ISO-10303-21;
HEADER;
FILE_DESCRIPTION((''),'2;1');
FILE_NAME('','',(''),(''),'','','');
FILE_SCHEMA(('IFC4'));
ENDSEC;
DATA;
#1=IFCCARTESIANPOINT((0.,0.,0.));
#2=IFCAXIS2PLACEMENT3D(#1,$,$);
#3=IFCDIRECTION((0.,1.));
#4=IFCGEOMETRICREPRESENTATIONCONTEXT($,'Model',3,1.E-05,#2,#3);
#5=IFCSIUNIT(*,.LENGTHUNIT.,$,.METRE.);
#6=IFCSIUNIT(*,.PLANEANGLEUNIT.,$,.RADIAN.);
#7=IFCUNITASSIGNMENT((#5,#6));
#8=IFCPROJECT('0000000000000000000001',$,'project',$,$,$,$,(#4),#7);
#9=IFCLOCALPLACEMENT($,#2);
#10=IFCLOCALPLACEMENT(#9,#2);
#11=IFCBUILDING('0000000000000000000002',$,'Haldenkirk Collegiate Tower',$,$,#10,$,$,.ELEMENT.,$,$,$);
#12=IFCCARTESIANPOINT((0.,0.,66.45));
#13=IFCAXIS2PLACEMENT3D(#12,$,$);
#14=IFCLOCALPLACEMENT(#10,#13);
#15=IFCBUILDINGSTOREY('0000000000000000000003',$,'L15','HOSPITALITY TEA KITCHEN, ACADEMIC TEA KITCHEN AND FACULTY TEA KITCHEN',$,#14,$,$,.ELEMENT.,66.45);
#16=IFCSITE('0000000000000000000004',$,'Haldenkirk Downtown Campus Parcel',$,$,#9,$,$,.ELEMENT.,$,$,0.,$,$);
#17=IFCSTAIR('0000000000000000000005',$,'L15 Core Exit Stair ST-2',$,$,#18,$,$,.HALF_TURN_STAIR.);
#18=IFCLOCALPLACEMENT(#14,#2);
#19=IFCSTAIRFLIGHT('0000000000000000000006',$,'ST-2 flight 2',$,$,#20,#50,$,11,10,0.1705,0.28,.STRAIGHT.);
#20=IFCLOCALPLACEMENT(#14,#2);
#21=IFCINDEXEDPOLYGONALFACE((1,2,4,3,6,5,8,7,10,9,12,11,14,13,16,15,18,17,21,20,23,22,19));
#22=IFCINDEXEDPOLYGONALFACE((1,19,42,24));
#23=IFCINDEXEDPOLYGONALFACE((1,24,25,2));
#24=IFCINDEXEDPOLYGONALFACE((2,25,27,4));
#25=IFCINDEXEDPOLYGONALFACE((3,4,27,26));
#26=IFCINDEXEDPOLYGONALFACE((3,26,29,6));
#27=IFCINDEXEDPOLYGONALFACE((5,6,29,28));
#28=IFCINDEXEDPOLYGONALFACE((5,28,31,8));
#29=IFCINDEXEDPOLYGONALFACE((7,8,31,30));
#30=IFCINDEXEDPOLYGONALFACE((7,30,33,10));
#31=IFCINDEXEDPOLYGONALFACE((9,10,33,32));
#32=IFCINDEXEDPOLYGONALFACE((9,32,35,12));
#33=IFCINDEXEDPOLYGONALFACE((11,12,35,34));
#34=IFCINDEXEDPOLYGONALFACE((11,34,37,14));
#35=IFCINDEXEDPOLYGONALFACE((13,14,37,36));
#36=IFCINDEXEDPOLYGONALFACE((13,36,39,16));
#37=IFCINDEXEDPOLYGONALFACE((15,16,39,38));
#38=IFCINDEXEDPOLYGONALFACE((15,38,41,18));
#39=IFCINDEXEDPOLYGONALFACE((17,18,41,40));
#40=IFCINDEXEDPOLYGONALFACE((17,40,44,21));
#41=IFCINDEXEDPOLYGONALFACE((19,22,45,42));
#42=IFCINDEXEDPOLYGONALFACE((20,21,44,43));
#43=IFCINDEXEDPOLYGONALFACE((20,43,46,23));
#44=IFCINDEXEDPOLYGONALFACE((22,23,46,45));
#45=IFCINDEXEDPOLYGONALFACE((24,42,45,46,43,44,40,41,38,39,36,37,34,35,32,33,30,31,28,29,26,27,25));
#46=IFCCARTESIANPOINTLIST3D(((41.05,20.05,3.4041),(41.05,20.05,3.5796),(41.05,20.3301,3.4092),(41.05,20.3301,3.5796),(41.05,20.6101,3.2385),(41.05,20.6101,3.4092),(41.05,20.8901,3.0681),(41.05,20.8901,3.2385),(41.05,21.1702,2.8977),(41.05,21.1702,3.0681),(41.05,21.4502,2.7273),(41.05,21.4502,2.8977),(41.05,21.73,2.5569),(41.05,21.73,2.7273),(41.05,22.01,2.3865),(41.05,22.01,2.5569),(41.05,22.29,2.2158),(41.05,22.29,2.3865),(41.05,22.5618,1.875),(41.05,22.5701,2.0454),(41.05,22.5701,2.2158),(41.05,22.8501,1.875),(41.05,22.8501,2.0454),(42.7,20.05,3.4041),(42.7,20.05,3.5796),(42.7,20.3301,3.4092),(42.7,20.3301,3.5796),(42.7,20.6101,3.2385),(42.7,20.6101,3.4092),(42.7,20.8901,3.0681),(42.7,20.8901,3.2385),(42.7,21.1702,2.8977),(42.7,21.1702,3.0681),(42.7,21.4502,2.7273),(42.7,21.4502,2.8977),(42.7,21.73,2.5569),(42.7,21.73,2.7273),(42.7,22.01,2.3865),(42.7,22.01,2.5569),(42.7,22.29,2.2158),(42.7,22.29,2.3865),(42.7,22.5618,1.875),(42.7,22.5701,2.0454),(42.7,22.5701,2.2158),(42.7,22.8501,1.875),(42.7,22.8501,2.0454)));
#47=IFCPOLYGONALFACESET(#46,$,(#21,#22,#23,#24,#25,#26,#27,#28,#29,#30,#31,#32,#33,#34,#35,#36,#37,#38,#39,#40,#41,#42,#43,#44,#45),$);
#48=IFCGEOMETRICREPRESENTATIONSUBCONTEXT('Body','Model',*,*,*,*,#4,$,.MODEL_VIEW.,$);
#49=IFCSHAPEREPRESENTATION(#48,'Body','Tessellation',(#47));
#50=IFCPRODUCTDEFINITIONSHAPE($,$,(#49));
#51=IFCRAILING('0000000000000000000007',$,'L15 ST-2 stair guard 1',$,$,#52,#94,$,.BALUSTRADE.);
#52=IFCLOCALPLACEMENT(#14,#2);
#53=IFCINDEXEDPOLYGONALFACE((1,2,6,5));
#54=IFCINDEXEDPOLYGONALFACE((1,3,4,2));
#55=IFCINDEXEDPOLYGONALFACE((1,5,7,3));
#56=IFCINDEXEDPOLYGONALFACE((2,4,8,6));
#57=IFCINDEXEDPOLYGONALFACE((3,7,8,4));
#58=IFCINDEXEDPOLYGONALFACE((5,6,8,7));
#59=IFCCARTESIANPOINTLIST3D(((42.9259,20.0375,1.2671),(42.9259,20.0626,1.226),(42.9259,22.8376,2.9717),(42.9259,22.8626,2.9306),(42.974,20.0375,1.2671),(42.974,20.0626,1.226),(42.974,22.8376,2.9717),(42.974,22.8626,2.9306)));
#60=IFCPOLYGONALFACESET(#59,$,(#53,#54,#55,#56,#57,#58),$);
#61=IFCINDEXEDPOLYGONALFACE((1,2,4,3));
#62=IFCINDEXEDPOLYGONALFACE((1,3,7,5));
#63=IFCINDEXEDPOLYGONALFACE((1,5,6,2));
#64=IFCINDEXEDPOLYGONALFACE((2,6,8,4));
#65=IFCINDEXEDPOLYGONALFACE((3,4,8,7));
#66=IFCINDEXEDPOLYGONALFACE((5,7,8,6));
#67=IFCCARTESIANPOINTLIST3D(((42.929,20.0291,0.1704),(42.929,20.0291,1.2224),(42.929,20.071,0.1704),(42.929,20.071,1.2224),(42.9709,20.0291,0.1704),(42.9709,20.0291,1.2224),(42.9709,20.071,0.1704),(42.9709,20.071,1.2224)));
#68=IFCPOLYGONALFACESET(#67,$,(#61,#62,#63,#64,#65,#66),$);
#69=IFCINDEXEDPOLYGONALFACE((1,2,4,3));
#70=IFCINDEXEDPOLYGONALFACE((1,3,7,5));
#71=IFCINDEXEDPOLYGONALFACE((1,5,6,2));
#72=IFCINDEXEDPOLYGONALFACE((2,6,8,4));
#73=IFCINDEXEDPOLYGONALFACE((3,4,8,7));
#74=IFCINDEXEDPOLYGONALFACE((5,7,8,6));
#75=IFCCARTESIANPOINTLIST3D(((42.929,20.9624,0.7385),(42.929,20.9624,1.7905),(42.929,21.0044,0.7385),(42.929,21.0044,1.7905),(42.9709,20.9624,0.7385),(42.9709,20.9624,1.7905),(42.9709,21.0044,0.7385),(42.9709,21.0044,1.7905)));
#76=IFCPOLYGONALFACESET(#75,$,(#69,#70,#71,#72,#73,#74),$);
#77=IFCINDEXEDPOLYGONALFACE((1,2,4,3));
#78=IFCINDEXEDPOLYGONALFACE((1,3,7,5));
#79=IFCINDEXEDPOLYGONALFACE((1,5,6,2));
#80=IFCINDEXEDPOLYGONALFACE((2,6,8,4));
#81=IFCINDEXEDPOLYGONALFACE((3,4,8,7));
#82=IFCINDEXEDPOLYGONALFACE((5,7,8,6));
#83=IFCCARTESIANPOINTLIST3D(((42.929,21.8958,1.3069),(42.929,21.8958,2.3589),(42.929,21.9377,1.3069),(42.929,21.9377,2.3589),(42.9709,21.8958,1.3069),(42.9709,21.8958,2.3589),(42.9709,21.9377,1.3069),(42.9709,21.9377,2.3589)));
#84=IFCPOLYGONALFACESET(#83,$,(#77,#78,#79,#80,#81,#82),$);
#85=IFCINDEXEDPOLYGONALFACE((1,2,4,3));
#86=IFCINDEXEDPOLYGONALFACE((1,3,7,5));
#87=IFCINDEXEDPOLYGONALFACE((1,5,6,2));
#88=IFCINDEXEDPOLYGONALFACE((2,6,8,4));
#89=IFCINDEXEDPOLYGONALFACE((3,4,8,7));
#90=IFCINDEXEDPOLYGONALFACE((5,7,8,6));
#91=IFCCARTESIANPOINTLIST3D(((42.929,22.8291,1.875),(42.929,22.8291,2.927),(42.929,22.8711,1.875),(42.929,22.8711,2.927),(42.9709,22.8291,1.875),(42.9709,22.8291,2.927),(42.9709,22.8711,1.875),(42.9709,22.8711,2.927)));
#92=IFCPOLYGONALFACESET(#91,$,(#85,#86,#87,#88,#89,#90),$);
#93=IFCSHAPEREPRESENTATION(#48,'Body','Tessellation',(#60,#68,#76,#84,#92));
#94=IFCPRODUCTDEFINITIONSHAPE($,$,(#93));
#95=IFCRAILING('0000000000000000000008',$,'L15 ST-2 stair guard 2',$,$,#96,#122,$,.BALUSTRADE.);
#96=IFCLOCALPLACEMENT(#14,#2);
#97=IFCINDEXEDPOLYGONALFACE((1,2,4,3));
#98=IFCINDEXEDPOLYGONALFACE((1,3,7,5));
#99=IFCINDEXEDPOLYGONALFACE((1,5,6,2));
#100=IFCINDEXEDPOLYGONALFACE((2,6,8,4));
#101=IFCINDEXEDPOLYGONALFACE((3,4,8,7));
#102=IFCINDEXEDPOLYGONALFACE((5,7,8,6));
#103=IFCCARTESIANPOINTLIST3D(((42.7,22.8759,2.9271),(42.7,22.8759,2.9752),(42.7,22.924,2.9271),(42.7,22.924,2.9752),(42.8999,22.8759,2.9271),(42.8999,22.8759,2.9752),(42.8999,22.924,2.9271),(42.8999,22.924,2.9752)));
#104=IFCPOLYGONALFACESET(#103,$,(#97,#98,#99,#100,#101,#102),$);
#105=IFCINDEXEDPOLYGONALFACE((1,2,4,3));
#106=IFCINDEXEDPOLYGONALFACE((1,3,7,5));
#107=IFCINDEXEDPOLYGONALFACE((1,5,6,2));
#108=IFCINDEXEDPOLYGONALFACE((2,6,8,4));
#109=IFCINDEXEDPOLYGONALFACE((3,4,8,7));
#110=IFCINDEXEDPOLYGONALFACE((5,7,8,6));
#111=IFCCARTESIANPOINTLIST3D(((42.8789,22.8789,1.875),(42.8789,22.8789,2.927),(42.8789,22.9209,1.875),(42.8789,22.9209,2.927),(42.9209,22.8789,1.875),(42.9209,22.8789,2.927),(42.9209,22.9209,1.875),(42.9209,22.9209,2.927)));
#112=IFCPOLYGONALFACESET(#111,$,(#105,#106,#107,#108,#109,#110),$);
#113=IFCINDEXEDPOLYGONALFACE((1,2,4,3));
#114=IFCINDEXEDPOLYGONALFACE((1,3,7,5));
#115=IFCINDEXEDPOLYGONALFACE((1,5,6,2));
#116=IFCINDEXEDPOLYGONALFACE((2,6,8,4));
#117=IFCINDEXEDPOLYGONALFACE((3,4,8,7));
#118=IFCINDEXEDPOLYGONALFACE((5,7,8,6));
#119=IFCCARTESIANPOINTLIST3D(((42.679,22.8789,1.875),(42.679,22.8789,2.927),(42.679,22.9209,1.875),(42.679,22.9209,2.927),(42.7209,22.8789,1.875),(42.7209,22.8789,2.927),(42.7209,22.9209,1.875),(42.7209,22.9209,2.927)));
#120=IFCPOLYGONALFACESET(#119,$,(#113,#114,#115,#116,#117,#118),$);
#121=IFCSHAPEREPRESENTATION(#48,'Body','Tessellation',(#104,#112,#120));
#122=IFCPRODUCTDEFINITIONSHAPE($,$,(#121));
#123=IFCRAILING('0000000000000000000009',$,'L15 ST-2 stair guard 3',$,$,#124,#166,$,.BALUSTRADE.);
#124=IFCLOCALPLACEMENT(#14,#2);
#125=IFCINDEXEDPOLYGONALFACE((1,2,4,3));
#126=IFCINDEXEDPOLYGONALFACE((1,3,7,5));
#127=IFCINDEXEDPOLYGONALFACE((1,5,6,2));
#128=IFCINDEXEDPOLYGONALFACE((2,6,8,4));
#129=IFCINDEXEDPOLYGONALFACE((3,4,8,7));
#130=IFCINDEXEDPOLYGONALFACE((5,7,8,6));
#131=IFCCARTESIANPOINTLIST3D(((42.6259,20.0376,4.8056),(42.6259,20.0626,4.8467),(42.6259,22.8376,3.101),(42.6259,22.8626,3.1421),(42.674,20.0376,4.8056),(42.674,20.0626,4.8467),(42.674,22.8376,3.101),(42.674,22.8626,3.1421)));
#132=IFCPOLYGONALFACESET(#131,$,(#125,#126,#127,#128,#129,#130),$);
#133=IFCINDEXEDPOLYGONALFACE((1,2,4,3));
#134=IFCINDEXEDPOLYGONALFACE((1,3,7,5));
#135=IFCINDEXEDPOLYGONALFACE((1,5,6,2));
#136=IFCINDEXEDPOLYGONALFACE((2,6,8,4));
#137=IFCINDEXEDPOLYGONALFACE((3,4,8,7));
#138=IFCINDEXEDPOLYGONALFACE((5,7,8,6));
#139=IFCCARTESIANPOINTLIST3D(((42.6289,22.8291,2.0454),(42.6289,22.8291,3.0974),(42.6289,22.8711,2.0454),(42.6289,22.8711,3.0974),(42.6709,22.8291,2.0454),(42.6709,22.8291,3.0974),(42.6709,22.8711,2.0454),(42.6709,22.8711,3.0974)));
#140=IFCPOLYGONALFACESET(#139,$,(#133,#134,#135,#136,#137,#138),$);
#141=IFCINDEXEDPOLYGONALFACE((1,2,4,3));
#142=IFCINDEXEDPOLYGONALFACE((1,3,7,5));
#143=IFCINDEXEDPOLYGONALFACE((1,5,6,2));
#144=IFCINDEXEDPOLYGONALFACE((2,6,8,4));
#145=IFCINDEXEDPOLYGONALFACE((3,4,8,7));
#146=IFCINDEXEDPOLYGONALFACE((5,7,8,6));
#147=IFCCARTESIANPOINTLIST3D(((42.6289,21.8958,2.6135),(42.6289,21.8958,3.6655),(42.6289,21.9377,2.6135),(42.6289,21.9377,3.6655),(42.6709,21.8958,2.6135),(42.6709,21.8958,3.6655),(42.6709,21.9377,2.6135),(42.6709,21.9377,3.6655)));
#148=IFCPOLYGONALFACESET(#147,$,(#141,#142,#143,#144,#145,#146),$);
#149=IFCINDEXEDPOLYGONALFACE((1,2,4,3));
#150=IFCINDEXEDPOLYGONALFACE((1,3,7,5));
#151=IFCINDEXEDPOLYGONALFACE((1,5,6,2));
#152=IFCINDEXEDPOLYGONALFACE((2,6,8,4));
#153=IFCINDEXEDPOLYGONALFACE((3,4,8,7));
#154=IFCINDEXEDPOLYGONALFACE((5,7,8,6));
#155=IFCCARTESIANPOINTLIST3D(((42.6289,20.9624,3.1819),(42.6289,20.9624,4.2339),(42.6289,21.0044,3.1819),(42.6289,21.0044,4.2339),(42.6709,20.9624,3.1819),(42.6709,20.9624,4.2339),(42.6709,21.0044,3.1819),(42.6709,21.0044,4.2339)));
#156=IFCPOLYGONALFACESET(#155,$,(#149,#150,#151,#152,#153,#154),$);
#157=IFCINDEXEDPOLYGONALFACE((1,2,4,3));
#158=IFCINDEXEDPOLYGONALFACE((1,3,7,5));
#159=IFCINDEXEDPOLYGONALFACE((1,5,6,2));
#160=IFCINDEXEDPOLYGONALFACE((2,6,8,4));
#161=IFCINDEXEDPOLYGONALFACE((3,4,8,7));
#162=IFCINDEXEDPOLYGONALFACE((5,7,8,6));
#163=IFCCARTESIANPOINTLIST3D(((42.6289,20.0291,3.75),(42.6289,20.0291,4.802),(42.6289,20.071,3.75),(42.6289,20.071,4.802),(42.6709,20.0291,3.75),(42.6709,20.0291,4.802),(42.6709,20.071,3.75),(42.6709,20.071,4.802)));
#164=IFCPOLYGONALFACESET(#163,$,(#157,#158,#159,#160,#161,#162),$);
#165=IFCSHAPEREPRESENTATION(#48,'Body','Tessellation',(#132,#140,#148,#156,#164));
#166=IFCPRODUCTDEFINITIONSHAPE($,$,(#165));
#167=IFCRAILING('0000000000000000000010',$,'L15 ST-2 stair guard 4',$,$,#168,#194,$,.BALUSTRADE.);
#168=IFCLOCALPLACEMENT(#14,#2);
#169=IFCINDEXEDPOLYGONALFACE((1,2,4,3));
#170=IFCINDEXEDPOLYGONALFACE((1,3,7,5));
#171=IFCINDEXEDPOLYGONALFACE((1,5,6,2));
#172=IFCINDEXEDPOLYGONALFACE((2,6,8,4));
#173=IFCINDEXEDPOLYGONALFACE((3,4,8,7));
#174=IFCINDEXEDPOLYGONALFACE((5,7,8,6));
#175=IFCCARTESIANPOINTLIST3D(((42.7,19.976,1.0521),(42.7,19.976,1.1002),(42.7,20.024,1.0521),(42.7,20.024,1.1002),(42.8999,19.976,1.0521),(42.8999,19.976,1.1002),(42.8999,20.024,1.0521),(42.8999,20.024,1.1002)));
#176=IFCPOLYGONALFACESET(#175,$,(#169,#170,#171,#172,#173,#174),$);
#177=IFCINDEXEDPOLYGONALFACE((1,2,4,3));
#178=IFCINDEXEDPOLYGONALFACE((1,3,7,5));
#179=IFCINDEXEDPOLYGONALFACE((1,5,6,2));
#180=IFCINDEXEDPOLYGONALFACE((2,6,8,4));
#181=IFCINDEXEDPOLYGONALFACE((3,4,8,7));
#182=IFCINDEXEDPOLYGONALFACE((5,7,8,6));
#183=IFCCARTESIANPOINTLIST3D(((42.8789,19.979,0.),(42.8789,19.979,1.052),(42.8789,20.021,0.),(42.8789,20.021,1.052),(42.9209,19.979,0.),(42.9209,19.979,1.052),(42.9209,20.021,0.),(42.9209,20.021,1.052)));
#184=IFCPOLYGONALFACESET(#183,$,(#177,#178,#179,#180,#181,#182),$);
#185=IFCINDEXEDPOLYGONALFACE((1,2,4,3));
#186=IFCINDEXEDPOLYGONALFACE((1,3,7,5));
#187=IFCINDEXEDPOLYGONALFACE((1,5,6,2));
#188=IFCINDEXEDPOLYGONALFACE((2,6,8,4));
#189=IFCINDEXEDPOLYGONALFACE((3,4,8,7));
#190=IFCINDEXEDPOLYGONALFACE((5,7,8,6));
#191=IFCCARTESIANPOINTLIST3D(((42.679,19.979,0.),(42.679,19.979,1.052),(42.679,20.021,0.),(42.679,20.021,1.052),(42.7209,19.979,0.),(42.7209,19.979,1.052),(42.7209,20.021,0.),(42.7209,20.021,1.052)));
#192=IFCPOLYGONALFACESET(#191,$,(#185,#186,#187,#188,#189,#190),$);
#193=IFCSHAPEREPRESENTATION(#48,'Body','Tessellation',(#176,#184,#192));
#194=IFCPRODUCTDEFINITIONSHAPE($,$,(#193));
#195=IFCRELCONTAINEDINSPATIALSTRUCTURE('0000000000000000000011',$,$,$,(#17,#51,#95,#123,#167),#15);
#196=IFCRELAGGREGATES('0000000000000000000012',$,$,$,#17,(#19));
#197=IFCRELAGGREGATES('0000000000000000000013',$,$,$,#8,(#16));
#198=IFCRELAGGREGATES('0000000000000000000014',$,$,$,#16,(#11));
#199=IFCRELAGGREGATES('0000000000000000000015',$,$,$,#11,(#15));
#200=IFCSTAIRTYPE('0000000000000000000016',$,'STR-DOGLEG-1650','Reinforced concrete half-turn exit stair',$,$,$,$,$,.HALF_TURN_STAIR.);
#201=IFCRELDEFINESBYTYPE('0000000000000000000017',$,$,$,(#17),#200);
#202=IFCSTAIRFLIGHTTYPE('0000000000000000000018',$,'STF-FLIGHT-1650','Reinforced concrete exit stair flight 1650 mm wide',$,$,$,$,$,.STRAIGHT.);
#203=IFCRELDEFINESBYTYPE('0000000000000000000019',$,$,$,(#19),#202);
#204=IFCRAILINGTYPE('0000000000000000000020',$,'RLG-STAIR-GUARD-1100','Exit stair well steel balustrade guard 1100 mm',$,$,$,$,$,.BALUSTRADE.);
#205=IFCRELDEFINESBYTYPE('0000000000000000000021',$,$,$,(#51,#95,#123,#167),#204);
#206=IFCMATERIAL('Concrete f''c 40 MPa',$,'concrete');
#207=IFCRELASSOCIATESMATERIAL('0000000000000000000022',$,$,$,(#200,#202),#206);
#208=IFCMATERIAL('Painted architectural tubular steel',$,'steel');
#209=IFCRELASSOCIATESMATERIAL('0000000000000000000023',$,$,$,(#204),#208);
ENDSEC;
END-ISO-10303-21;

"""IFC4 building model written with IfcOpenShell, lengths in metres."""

from ifc_helpers import new_model, si_unit, direction, frame, origin, origin_2d, place, context, subcontext, project, spatial, polyline, rectangle, outline, extrude, material, type_object, element, aggregate, save


model = new_model("IFC4")

# Units and contexts
model_context = context("Model", 3, precision=1e-05, world=origin(), true_north=direction((0.0, 1.0)))
body_context = subcontext(model_context, "Body", "Model", "MODEL_VIEW")
ifc_project = project(units=[si_unit("LENGTHUNIT", "METRE"), si_unit("PLANEANGLEUNIT", "RADIAN")], contexts=[model_context])

# Site, building, storey
site_placement = place(None, origin())
site = spatial("IfcSite", under=ifc_project, at=site_placement, Name="Haldenkirk Downtown Campus Parcel", CompositionType="ELEMENT", RefElevation=0.0)
building_placement = place(site_placement, origin())
building = spatial("IfcBuilding", under=site, at=building_placement, Name="Haldenkirk Collegiate Tower", CompositionType="ELEMENT")
storey_placement = place(building_placement, frame((0.0, 0.0, 66.45)))
storey = spatial("IfcBuildingStorey", under=building, at=storey_placement, Name="L15", Description="HOSPITALITY TEA KITCHEN, ACADEMIC TEA KITCHEN AND FACULTY TEA KITCHEN", CompositionType="ELEMENT", Elevation=66.45)

# Stair, stair flight
ifc_material_1 = material(Name="Concrete f'c 40 MPa", Category="concrete")
stair_type = type_object("IfcStairType", Name="STR-DOGLEG-1650", Description="Reinforced concrete half-turn exit stair", PredefinedType="HALF_TURN_STAIR", material=ifc_material_1)
stair_placement = place(storey_placement, origin())
stair = element("IfcStair", 1, at=stair_placement, inside=storey, type_object=stair_type, Name="L15 Core Exit Stair ST-2", PredefinedType="HALF_TURN_STAIR")
stair_flight_type = type_object("IfcStairFlightType", Name="STF-FLIGHT-1650", Description="Reinforced concrete exit stair flight 1650 mm wide", PredefinedType="STRAIGHT", material=ifc_material_1)
stair_flight_1_placement = place(storey_placement, frame((41.875, 22.8501, 1.875), z_axis=(0.0, 0.0, 1.0), x_axis=(0.0, -1.0, 0.0)))
stair_flight_1 = element("IfcStairFlight", 2, at=stair_flight_1_placement, type_object=stair_flight_type, Name="ST-2 flight 2", NumberOfRisers=11, NumberOfTreads=10, PredefinedType="STRAIGHT", RiserHeight=0.1705, TreadLength=0.28, context=body_context, shape_type="SweptSolid", body=[
    extrude(outline(polyline([(0.0, 0.0), (0.0, 0.1704), (0.28, 0.1704), (0.28, 0.3408), (0.5601, 0.3408), (0.5601, 0.5115), (0.8401, 0.5115), (0.8401, 0.6819), (1.1201, 0.6819), (1.1201, 0.8523), (1.3999, 0.8523), (1.3999, 1.0227), (1.6799, 1.0227), (1.6799, 1.1931), (1.96, 1.1931), (1.96, 1.3635), (2.24, 1.3635), (2.24, 1.5342), (2.52, 1.5342), (2.52, 1.7046), (2.8, 1.7046), (2.8, 1.875), (2.8, 1.5291), (0.2883, 0.0), (0.0, 0.0)])), frame((0.0, 0.825, 0.0), z_axis=(0.0, -1.0, 0.0), x_axis=(1.0, 0.0, 0.0)), (0.0, 0.0, 1.0), 1.6499),
])
aggregate(stair, [stair_flight_1])

# Railings
ifc_material_2 = material(Name="Painted architectural tubular steel", Category="steel")
railing_type_1 = type_object("IfcRailingType", Name="RLG-STAIR-GUARD-1100", Description="Exit stair well steel balustrade guard 1100 mm", PredefinedType="BALUSTRADE", material=ifc_material_2)
railing_1_placement = place(storey_placement, frame((42.95, 20.05, 0.1704)))
element("IfcRailing", 3, at=railing_1_placement, inside=storey, type_object=railing_type_1, Name="L15 ST-2 stair guard 1", PredefinedType="BALUSTRADE", context=body_context, shape_type="SweptSolid", body=[
    extrude(rectangle(XDim=0.0481, YDim=0.0481, at=origin_2d()), frame((0.0, 0.0, 1.0762), z_axis=(0.0, 0.85417, 0.519994), x_axis=(-1.0, 0.0, 0.0)), (0.0, 0.0, 1.0), 3.2781),
    extrude(rectangle(XDim=0.042, YDim=0.042, at=origin_2d()), origin(), (0.0, 0.0, 1.0), 1.052),
    extrude(rectangle(XDim=0.042, YDim=0.042, at=origin_2d()), frame((0.0, 0.9333, 0.5681)), (0.0, 0.0, 1.0), 1.052),
    extrude(rectangle(XDim=0.042, YDim=0.042, at=origin_2d()), frame((0.0, 1.8667, 1.1365)), (0.0, 0.0, 1.0), 1.052),
    extrude(rectangle(XDim=0.042, YDim=0.042, at=origin_2d()), frame((0.0, 2.8, 1.7046)), (0.0, 0.0, 1.0), 1.052),
])
railing_2_placement = place(storey_placement, frame((42.8999, 22.8999, 1.875)))
element("IfcRailing", 4, at=railing_2_placement, inside=storey, type_object=railing_type_1, Name="L15 ST-2 stair guard 2", PredefinedType="BALUSTRADE", context=body_context, shape_type="SweptSolid", body=[
    extrude(rectangle(XDim=0.0481, YDim=0.0481, at=origin_2d()), frame((0.0, 0.0, 1.0762), z_axis=(-1.0, 0.0, 0.0), x_axis=(0.0, -1.0, 0.0)), (0.0, 0.0, 1.0), 0.2),
    extrude(rectangle(XDim=0.042, YDim=0.042, at=origin_2d()), origin(), (0.0, 0.0, 1.0), 1.052),
    extrude(rectangle(XDim=0.042, YDim=0.042, at=origin_2d()), frame((-0.2, 0.0, 0.0)), (0.0, 0.0, 1.0), 1.052),
])
railing_3_placement = place(storey_placement, frame((42.6499, 22.8501, 2.0454)))
element("IfcRailing", 5, at=railing_3_placement, inside=storey, type_object=railing_type_1, Name="L15 ST-2 stair guard 3", PredefinedType="BALUSTRADE", context=body_context, shape_type="SweptSolid", body=[
    extrude(rectangle(XDim=0.0481, YDim=0.0481, at=origin_2d()), frame((0.0, 0.0, 1.0762), z_axis=(0.0, -0.85417, 0.519994), x_axis=(1.0, 0.0, 0.0)), (0.0, 0.0, 1.0), 3.2781),
    extrude(rectangle(XDim=0.042, YDim=0.042, at=origin_2d()), origin(), (0.0, 0.0, 1.0), 1.052),
    extrude(rectangle(XDim=0.042, YDim=0.042, at=origin_2d()), frame((0.0, -0.9333, 0.5681)), (0.0, 0.0, 1.0), 1.052),
    extrude(rectangle(XDim=0.042, YDim=0.042, at=origin_2d()), frame((0.0, -1.8667, 1.1365)), (0.0, 0.0, 1.0), 1.052),
    extrude(rectangle(XDim=0.042, YDim=0.042, at=origin_2d()), frame((0.0, -2.8, 1.7046)), (0.0, 0.0, 1.0), 1.052),
])
railing_4_placement = place(storey_placement, frame((42.8999, 20.0, 0.0)))
element("IfcRailing", 6, at=railing_4_placement, inside=storey, type_object=railing_type_1, Name="L15 ST-2 stair guard 4", PredefinedType="BALUSTRADE", context=body_context, shape_type="SweptSolid", body=[
    extrude(rectangle(XDim=0.0481, YDim=0.0481, at=origin_2d()), frame((0.0, 0.0, 1.0762), z_axis=(-1.0, 0.0, 0.0), x_axis=(0.0, -1.0, 0.0)), (0.0, 0.0, 1.0), 0.2),
    extrude(rectangle(XDim=0.042, YDim=0.042, at=origin_2d()), origin(), (0.0, 0.0, 1.0), 1.052),
    extrude(rectangle(XDim=0.042, YDim=0.042, at=origin_2d()), frame((-0.2, 0.0, 0.0)), (0.0, 0.0, 1.0), 1.052),
])

save(model, "model.ifc")
